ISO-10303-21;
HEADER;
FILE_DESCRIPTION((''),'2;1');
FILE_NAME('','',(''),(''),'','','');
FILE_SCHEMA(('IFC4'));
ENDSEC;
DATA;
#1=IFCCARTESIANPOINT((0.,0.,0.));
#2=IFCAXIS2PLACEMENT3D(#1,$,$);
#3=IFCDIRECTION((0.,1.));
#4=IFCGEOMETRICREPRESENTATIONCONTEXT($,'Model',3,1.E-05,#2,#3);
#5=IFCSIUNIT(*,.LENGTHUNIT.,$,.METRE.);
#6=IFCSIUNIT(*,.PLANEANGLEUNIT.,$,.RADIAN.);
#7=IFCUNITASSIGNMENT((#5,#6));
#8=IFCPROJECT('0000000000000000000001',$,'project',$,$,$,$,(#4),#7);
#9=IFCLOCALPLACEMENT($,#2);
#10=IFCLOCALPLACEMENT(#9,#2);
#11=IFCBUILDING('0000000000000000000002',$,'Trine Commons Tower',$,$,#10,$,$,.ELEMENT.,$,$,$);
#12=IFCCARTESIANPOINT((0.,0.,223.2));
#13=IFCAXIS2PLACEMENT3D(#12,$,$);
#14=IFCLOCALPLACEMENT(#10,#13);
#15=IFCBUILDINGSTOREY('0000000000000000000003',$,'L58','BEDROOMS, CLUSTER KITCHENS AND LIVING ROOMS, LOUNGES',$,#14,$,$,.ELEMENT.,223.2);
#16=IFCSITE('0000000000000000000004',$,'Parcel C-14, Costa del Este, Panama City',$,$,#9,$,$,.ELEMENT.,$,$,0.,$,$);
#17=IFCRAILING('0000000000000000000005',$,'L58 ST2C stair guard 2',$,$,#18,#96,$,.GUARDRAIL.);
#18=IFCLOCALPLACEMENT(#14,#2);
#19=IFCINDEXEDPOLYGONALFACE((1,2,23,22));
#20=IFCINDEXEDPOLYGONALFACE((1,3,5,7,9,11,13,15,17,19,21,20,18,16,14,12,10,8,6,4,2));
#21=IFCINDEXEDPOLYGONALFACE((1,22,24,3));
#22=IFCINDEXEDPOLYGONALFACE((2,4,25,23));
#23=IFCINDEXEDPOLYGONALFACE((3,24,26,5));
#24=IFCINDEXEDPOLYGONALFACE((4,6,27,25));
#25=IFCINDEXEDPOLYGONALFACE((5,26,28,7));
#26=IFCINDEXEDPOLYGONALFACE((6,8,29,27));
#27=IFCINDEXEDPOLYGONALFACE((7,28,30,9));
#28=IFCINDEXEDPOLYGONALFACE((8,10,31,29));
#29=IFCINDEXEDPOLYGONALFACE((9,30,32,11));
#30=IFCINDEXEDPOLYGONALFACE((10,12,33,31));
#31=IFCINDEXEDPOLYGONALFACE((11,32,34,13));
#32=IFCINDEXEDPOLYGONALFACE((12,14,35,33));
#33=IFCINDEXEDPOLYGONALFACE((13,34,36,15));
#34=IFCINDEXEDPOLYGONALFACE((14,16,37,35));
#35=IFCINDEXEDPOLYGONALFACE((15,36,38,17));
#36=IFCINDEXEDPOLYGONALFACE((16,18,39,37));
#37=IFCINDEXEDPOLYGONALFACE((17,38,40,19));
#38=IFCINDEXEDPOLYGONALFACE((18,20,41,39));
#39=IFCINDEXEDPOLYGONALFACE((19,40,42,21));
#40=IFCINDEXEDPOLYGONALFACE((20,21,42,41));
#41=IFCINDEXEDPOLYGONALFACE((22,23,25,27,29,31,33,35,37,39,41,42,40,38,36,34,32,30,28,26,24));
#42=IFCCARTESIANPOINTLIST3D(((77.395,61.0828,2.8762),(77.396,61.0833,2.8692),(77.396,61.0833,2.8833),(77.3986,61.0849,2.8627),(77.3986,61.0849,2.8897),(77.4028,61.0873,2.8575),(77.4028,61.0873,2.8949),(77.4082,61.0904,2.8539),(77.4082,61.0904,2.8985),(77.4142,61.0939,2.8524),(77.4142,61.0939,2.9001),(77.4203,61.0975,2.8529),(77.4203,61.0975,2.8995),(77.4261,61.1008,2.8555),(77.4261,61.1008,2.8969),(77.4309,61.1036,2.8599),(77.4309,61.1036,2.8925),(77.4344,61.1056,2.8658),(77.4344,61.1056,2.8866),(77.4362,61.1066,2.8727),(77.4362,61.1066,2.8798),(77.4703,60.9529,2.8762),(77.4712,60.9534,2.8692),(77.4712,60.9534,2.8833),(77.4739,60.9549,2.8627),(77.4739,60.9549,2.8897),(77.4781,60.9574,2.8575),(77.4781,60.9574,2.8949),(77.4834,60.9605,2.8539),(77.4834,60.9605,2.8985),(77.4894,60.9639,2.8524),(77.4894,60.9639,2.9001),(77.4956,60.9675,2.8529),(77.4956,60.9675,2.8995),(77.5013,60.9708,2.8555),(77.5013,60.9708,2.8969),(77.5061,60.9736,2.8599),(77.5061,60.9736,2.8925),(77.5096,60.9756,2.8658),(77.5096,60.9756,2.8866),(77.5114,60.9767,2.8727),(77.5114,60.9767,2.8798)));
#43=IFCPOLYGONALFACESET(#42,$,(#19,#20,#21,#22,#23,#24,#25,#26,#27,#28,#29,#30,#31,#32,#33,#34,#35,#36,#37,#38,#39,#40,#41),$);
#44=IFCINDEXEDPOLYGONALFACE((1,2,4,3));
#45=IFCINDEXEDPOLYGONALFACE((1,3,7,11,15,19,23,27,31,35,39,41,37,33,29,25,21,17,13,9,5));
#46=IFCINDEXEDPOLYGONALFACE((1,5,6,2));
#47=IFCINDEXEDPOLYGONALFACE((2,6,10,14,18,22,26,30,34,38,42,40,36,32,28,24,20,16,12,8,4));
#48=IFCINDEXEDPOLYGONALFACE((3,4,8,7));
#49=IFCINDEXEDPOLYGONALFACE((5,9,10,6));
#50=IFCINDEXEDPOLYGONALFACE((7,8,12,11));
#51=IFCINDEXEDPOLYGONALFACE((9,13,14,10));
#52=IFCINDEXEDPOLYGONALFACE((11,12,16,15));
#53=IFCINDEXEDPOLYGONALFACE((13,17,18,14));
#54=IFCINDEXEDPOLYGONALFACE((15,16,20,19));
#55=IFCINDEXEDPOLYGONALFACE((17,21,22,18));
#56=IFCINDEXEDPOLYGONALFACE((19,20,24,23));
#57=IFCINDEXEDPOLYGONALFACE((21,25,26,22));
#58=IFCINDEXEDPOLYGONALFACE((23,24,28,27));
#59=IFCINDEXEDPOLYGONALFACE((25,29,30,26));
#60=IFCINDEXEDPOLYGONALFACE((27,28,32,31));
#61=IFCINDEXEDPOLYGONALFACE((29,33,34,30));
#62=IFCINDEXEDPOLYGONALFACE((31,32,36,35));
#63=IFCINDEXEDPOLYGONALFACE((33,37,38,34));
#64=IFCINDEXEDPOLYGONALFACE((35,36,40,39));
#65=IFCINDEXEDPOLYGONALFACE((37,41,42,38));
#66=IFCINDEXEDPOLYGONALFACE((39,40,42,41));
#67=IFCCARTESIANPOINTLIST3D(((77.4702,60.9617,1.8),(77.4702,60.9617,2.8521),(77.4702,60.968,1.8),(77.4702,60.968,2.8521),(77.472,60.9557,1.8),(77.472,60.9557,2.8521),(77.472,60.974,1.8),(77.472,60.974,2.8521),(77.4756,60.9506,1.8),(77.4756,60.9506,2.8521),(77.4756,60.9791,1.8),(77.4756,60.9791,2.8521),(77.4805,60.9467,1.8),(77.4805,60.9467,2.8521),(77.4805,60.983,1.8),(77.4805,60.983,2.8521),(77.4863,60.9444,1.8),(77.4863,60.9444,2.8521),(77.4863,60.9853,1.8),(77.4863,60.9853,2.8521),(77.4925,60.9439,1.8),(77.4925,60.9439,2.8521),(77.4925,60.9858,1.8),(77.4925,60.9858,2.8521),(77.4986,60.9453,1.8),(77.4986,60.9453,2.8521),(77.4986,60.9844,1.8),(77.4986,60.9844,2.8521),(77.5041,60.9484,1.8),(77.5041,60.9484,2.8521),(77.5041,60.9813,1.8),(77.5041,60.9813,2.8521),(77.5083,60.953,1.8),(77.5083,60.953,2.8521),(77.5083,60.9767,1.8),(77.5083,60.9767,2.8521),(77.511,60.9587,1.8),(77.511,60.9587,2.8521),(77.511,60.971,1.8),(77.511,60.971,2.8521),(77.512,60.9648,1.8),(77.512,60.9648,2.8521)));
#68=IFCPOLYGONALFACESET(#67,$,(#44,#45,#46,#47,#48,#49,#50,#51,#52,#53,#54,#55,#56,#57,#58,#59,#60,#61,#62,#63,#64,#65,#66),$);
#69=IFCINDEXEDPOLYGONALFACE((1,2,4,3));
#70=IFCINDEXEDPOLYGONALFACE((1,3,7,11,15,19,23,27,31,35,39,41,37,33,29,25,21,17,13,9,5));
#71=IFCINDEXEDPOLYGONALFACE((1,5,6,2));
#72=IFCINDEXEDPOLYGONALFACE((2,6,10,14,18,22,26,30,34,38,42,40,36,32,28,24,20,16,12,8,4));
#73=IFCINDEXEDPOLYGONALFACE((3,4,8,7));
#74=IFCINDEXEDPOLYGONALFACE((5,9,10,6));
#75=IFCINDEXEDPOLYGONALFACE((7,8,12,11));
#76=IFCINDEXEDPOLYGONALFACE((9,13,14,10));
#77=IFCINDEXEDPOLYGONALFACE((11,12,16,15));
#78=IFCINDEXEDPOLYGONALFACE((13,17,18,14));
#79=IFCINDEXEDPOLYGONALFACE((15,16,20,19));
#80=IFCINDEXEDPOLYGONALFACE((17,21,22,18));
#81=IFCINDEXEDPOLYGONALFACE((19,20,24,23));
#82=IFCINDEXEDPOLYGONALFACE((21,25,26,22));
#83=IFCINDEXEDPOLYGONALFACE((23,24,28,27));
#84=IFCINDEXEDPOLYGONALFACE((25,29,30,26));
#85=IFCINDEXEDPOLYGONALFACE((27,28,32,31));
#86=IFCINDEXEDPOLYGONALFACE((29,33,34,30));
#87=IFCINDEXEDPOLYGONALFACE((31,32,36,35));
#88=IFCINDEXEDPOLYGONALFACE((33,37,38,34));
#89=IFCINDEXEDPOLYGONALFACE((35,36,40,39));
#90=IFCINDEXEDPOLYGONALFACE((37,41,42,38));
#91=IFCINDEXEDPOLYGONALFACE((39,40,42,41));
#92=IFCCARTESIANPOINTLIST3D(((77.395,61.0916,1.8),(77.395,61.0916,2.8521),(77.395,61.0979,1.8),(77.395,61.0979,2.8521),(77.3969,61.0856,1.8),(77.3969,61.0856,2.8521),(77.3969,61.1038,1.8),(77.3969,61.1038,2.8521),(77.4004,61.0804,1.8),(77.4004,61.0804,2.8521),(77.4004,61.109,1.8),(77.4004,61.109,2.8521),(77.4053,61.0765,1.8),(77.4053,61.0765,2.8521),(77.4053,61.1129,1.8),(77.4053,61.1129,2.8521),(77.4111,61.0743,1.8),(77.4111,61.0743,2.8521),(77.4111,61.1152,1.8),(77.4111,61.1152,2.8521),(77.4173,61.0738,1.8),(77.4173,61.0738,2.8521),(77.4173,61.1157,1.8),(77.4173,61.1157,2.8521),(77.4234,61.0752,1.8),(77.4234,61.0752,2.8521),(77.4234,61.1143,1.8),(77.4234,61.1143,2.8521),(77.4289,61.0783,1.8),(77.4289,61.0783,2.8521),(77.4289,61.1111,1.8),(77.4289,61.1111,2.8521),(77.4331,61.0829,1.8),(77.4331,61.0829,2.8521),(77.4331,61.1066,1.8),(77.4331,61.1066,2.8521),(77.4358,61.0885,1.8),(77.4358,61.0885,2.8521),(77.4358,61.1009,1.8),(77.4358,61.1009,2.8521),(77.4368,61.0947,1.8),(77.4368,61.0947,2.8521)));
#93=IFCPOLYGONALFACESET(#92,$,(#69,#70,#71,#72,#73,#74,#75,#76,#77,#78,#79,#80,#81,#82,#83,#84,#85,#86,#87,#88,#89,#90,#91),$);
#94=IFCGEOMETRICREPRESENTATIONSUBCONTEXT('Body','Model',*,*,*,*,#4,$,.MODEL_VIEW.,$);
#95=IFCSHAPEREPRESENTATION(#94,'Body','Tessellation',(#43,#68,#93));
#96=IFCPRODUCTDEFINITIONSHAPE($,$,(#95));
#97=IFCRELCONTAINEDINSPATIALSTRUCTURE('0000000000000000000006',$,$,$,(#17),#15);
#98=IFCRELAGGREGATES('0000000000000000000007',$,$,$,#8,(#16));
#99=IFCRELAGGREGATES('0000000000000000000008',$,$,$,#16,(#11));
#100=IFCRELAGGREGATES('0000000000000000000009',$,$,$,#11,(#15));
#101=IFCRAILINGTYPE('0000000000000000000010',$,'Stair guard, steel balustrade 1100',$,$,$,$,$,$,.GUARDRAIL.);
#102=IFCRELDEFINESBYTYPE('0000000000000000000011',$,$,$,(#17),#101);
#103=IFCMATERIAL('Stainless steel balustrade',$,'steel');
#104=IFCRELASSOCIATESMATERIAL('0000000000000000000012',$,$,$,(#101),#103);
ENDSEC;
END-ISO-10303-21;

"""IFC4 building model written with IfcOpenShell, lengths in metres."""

from ifc_helpers import new_model, si_unit, direction, frame, origin, origin_2d, place, context, subcontext, project, spatial, circle, extrude, material, type_object, element, save


model = new_model("IFC4")

# Units and contexts
model_context = context("Model", 3, precision=1e-05, world=origin(), true_north=direction((0.0, 1.0)))
body_context = subcontext(model_context, "Body", "Model", "MODEL_VIEW")
ifc_project = project(units=[si_unit("LENGTHUNIT", "METRE"), si_unit("PLANEANGLEUNIT", "RADIAN")], contexts=[model_context])

# Site, building, storey
site_placement = place(None, origin())
site = spatial("IfcSite", under=ifc_project, at=site_placement, Name="Parcel C-14, Costa del Este, Panama City", CompositionType="ELEMENT", RefElevation=0.0)
building_placement = place(site_placement, origin())
building = spatial("IfcBuilding", under=site, at=building_placement, Name="Trine Commons Tower", CompositionType="ELEMENT")
storey_placement = place(building_placement, frame((0.0, 0.0, 223.2)))
storey = spatial("IfcBuildingStorey", under=building, at=storey_placement, Name="L58", Description="BEDROOMS, CLUSTER KITCHENS AND LIVING ROOMS, LOUNGES", CompositionType="ELEMENT", Elevation=223.2)

# Railing
ifc_material_1 = material(Name="Stainless steel balustrade", Category="steel")
railing_type_1 = type_object("IfcRailingType", Name="Stair guard, steel balustrade 1100", PredefinedType="GUARDRAIL", material=ifc_material_1)
railing_1_placement = place(storey_placement, frame((77.491, 60.9648, 1.8)))
element("IfcRailing", 1, at=railing_1_placement, inside=storey, type_object=railing_type_1, Name="L58 ST2C stair guard 2", PredefinedType="GUARDRAIL", context=body_context, shape_type="SweptSolid", body=[
    extrude(circle(Radius=0.0239, at=origin_2d()), frame((0.0, 0.0, 1.0762), z_axis=(-0.501036, 0.865426, 0.0), x_axis=(-0.865426, -0.501036, 0.0)), (0.0, 0.0, 1.0), 0.1501),
    extrude(circle(Radius=0.021, at=origin_2d()), origin(), (0.0, 0.0, 1.0), 1.052),
    extrude(circle(Radius=0.021, at=origin_2d()), frame((-0.0752, 0.1299, 0.0)), (0.0, 0.0, 1.0), 1.052),
])

save(model, "model.ifc")
